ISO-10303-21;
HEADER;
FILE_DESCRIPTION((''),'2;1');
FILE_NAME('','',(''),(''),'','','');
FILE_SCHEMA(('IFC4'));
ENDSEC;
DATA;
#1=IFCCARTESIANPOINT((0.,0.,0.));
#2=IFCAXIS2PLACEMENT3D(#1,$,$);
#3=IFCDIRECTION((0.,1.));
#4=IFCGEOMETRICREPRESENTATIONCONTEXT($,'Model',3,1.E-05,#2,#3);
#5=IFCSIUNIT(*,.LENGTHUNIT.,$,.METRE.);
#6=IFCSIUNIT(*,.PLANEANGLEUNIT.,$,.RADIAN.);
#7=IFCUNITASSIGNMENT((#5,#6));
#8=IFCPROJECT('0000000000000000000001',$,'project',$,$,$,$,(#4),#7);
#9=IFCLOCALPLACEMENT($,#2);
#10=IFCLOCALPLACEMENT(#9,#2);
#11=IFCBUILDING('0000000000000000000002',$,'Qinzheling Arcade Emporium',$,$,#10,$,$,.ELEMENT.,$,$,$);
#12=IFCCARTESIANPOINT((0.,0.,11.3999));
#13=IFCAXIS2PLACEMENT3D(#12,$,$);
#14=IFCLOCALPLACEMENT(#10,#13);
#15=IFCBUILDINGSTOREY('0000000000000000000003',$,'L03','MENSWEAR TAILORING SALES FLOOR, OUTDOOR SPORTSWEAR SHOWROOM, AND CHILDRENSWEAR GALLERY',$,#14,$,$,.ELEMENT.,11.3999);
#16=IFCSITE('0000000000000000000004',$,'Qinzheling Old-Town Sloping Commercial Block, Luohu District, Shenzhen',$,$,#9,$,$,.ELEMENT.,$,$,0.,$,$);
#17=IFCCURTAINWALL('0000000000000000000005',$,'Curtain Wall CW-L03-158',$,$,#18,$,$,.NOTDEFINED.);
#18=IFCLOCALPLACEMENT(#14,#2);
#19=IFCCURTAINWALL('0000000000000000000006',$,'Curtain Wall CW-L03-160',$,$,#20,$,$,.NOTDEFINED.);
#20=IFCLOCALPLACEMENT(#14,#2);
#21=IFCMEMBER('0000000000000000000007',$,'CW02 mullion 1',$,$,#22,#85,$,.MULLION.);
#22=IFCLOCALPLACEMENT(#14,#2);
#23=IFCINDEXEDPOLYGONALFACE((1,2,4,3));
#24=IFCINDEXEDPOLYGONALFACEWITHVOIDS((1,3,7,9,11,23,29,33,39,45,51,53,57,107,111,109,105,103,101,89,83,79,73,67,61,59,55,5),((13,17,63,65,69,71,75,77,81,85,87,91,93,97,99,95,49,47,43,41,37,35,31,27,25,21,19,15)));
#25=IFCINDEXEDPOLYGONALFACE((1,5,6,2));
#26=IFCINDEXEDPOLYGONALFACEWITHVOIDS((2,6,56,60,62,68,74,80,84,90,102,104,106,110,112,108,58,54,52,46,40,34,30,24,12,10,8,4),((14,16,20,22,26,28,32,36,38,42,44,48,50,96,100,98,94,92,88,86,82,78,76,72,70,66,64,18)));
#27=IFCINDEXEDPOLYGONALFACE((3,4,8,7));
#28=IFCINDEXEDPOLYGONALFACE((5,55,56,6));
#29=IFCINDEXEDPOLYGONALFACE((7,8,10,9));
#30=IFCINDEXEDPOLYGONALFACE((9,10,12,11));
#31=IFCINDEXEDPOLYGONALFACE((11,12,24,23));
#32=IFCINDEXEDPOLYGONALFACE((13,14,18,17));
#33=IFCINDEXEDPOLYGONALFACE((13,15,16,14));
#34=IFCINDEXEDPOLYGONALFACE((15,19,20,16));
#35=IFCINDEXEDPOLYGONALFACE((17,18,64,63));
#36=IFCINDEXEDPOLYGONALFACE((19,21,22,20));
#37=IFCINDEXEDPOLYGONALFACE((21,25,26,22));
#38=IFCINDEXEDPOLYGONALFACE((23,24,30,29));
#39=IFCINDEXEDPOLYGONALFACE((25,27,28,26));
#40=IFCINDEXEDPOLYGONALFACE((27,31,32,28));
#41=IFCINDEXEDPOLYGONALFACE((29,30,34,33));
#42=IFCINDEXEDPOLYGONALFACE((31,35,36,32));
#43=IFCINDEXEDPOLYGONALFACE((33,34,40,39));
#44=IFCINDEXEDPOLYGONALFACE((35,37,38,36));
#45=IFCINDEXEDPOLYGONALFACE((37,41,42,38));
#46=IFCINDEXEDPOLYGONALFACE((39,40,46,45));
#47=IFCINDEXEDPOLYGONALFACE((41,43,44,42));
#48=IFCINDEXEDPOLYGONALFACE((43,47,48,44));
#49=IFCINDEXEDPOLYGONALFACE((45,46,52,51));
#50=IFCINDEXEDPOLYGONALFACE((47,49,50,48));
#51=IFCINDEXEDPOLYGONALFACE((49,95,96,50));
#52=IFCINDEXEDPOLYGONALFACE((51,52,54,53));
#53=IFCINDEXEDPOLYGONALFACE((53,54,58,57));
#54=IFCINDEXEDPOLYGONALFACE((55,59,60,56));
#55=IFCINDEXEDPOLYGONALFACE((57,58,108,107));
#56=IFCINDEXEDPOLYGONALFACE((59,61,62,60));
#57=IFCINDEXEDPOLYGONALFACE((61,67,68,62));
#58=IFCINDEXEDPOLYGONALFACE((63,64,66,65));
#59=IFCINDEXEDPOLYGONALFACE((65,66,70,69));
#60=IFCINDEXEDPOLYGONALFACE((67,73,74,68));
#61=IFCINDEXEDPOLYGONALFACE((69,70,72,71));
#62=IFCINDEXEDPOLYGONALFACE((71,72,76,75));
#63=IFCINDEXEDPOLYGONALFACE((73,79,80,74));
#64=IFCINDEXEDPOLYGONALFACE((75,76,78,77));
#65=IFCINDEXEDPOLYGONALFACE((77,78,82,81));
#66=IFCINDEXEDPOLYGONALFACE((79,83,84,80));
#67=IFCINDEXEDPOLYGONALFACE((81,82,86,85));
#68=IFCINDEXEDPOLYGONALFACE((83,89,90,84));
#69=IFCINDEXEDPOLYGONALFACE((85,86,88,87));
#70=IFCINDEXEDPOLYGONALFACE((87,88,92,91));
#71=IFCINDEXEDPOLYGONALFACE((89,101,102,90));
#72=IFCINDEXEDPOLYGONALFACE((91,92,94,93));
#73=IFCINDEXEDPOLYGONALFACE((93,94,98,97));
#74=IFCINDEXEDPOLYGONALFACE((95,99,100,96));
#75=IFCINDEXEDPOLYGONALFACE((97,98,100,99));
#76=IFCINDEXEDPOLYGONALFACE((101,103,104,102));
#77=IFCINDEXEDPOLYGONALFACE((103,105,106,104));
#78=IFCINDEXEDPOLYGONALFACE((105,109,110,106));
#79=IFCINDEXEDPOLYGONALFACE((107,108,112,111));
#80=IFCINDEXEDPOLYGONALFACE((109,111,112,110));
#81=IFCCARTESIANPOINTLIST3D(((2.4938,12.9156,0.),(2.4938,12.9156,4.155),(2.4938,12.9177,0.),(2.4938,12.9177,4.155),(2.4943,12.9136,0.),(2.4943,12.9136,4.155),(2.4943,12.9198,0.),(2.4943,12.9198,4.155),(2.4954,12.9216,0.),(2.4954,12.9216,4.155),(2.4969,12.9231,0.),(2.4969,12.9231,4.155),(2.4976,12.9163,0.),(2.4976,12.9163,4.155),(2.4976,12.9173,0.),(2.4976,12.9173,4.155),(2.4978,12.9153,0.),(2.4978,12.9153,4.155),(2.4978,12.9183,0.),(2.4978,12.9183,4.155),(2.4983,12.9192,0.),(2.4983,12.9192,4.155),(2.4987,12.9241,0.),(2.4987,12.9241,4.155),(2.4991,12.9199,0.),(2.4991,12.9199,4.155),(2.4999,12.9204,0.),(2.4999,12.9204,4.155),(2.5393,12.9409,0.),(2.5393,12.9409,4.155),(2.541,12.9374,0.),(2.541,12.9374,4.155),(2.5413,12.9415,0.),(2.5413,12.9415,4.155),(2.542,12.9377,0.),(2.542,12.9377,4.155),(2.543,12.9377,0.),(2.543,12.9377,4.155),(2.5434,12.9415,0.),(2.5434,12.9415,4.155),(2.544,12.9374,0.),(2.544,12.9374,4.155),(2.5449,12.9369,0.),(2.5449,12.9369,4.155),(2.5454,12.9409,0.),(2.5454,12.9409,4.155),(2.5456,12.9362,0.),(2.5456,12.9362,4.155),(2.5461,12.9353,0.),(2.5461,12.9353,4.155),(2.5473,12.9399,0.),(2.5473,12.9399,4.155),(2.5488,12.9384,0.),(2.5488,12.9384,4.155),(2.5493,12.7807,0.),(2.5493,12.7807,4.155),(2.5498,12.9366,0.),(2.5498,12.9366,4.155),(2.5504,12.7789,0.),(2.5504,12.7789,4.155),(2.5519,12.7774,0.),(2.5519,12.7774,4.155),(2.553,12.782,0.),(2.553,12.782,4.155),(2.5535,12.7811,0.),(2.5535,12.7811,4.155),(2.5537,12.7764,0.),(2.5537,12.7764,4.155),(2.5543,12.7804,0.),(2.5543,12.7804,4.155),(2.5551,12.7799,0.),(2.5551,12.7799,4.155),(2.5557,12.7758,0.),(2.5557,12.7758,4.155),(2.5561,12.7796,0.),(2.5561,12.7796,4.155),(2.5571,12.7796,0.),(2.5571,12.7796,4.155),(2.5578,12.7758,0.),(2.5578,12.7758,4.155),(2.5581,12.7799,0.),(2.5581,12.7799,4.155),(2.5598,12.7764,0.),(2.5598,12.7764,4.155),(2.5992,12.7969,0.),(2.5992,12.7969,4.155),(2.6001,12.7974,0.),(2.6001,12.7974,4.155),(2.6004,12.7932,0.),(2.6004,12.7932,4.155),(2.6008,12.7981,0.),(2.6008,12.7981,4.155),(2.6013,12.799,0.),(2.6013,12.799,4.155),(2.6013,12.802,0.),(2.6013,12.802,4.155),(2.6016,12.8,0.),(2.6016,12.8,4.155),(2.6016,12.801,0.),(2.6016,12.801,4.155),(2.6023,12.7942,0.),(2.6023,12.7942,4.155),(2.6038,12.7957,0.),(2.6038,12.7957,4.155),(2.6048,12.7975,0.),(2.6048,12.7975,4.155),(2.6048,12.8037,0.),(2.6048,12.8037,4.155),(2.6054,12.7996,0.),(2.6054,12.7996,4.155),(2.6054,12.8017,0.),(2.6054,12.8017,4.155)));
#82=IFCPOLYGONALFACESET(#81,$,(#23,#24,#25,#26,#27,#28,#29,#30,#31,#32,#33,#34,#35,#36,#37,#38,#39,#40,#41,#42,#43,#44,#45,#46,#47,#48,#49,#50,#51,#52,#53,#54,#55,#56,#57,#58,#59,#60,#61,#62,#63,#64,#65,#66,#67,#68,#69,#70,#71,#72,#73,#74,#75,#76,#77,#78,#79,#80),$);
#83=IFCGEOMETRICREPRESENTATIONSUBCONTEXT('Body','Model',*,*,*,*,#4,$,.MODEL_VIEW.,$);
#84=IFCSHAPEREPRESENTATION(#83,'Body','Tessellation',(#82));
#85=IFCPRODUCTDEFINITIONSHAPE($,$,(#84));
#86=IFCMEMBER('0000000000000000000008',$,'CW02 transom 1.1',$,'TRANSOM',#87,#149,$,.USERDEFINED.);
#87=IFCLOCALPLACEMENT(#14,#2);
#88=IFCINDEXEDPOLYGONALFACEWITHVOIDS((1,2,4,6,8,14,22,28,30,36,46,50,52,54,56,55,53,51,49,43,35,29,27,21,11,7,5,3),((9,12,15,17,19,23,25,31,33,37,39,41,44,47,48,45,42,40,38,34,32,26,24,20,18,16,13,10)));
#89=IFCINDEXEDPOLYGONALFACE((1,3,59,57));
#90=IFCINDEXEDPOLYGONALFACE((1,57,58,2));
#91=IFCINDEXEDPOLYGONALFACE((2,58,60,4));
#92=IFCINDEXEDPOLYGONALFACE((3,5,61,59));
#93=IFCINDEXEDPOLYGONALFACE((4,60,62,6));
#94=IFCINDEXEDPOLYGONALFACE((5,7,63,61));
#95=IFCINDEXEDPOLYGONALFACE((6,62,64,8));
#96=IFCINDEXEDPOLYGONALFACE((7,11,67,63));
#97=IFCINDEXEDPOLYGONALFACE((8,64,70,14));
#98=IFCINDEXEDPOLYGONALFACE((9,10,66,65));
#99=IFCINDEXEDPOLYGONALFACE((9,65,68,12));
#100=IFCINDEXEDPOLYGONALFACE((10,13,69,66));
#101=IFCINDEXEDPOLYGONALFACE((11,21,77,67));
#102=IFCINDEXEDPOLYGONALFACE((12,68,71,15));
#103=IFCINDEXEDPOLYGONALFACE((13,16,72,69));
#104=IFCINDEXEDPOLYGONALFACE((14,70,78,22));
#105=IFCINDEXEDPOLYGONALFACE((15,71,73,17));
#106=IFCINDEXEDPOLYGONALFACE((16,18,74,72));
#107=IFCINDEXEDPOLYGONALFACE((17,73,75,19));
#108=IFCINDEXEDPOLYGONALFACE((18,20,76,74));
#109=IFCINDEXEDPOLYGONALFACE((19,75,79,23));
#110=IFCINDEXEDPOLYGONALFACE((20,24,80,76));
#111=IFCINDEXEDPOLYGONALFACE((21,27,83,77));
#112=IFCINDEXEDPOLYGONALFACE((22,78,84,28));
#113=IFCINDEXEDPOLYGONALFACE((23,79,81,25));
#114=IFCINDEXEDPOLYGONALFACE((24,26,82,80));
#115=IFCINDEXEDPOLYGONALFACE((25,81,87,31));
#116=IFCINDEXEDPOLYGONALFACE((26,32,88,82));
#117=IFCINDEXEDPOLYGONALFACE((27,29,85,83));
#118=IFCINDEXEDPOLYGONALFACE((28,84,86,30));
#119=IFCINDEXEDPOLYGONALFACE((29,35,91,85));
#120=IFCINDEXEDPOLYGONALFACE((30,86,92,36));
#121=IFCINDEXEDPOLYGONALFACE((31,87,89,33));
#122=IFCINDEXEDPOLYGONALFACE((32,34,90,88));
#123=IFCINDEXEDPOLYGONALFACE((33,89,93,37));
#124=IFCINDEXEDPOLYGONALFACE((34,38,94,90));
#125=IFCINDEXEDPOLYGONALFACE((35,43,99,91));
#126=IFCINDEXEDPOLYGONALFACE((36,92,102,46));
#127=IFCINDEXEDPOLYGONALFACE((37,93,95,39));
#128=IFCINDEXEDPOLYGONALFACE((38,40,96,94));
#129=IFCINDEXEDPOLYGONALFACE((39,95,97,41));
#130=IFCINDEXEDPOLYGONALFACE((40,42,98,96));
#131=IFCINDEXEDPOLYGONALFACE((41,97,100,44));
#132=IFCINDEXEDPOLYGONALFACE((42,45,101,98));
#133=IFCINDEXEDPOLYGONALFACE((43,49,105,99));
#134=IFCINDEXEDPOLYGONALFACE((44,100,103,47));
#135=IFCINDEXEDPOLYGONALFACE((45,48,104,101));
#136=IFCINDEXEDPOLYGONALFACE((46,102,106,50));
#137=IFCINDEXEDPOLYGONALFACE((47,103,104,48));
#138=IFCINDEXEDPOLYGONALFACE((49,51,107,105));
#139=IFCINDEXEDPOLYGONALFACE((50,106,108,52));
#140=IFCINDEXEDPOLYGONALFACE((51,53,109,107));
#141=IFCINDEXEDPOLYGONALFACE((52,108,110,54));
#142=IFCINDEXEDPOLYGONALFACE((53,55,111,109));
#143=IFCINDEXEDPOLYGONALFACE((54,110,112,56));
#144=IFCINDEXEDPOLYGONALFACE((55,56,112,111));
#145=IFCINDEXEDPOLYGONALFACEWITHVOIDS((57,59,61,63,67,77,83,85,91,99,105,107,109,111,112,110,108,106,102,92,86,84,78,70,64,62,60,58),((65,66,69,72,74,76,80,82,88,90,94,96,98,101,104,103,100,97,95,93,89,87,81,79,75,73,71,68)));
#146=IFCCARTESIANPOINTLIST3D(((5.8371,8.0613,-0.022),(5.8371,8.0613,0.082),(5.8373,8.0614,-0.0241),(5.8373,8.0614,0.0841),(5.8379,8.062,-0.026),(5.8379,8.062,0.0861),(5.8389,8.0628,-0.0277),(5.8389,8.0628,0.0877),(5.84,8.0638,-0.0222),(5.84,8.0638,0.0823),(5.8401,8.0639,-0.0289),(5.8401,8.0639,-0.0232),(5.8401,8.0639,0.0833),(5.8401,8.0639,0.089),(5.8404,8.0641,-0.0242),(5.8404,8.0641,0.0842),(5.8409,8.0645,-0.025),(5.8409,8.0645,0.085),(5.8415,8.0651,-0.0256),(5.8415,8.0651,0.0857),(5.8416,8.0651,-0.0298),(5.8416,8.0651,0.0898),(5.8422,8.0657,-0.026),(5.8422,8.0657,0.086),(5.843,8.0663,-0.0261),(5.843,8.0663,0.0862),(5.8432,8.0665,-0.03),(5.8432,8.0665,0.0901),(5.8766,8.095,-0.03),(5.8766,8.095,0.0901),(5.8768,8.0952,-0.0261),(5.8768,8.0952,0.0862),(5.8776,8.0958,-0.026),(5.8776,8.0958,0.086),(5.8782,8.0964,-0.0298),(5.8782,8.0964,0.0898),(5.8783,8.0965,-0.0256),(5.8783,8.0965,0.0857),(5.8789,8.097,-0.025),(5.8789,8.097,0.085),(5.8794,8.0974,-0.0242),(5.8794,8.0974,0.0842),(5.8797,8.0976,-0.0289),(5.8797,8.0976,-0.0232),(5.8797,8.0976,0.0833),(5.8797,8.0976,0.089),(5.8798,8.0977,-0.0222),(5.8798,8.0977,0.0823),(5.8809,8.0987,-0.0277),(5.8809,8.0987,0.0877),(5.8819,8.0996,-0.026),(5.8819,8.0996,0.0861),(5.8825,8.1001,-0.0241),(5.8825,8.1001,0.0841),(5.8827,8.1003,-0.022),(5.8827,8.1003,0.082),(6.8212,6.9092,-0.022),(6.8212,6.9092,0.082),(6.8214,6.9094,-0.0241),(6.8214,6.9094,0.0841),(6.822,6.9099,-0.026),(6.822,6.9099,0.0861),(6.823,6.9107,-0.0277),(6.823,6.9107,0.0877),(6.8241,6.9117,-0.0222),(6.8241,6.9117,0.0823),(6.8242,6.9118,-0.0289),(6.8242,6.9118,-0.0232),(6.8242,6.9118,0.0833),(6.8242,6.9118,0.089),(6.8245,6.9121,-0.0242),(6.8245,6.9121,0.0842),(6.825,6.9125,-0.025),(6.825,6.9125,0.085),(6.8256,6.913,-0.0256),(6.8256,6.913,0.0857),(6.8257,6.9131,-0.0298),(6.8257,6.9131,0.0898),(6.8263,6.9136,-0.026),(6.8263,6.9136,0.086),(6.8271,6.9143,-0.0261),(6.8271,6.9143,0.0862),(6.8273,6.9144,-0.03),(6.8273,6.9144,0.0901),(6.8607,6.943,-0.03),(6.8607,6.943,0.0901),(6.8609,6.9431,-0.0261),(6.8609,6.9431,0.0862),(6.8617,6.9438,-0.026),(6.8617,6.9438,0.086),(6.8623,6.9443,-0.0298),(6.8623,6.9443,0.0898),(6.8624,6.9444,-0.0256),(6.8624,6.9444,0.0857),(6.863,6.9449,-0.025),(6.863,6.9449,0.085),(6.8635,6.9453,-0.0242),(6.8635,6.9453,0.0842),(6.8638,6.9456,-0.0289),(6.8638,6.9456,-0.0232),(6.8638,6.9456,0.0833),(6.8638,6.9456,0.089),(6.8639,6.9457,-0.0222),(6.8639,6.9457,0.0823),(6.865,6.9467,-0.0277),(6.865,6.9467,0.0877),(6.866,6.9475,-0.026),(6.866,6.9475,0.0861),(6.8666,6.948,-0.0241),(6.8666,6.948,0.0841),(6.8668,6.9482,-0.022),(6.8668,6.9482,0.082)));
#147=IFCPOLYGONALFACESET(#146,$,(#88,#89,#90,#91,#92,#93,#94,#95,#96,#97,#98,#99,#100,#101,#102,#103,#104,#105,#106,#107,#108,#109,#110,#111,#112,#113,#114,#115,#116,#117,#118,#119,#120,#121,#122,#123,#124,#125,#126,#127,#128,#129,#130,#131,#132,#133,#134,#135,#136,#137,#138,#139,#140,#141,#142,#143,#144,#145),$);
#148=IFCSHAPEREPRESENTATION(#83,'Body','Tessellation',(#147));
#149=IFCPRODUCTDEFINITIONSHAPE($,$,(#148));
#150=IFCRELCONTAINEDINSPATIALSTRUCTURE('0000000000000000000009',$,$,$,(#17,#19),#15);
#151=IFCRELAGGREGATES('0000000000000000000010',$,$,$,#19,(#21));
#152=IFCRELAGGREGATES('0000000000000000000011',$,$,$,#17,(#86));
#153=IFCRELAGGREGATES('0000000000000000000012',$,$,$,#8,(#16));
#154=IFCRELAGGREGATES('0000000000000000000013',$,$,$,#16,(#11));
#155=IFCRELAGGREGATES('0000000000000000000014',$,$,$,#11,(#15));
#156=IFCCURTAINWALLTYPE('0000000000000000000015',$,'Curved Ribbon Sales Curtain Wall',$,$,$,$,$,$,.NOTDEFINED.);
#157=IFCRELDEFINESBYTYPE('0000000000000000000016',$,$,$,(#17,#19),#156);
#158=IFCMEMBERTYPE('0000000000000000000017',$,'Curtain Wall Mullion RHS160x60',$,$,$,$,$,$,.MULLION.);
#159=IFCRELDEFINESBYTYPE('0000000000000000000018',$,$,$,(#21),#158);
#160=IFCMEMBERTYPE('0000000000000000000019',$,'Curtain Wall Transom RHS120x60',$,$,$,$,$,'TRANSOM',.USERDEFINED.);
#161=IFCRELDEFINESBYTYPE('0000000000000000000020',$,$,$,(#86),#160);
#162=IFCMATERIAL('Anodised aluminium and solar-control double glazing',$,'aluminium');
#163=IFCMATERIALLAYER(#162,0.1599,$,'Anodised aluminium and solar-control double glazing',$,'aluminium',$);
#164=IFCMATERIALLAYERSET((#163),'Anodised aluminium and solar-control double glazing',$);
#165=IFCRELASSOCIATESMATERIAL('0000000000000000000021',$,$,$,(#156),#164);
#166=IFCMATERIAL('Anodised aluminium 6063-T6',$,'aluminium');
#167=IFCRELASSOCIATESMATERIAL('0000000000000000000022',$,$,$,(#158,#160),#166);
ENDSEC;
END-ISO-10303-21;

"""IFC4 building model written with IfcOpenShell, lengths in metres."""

from ifc_helpers import new_model, si_unit, direction, frame, origin, origin_2d, place, context, subcontext, project, spatial, hollow_rectangle, extrude, material, layer, layer_set, material_profile, profile_set, type_object, element, aggregate, save


model = new_model("IFC4")

# Units and contexts
model_context = context("Model", 3, precision=1e-05, world=origin(), true_north=direction((0.0, 1.0)))
body_context = subcontext(model_context, "Body", "Model", "MODEL_VIEW")
ifc_project = project(units=[si_unit("LENGTHUNIT", "METRE"), si_unit("PLANEANGLEUNIT", "RADIAN")], contexts=[model_context])

# Site, building, storey
site_placement = place(None, origin())
site = spatial("IfcSite", under=ifc_project, at=site_placement, Name="Qinzheling Old-Town Sloping Commercial Block, Luohu District, Shenzhen", CompositionType="ELEMENT", RefElevation=0.0)
building_placement = place(site_placement, origin())
building = spatial("IfcBuilding", under=site, at=building_placement, Name="Qinzheling Arcade Emporium", CompositionType="ELEMENT")
storey_placement = place(building_placement, frame((0.0, 0.0, 11.3999)))
storey = spatial("IfcBuildingStorey", under=building, at=storey_placement, Name="L03", Description="MENSWEAR TAILORING SALES FLOOR, OUTDOOR SPORTSWEAR SHOWROOM, AND CHILDRENSWEAR GALLERY", CompositionType="ELEMENT", Elevation=11.3999)

# Curtain wall
ifc_material_1 = material(Name="Anodised aluminium and solar-control double glazing", Category="aluminium")
ifc_layer_1 = layer(ifc_material_1, 0.1599, Name="Anodised aluminium and solar-control double glazing", Category="aluminium")
ifc_layer_set_1 = layer_set([ifc_layer_1], Name="Anodised aluminium and solar-control double glazing")
curtain_wall_type = type_object("IfcCurtainWallType", Name="Curved Ribbon Sales Curtain Wall", PredefinedType="NOTDEFINED", material=ifc_layer_set_1)
curtain_wall_1_placement = place(storey_placement, origin())
curtain_wall_1 = element("IfcCurtainWall", 1, at=curtain_wall_1_placement, inside=storey, type_object=curtain_wall_type, Name="Curtain Wall CW-L03-158", PredefinedType="NOTDEFINED")
ifc_material_2 = material(Name="Anodised aluminium 6063-T6", Category="aluminium")
ifc_material_profile_1 = material_profile(ifc_material_2, hollow_rectangle(XDim=0.0601, YDim=0.1599, WallThickness=0.0039, InnerFilletRadius=0.0039, OuterFilletRadius=0.0081, at=origin_2d()), Name="RHS 160x60x4", Category="aluminium")
ifc_profile_set_1 = profile_set([ifc_material_profile_1], Name="Anodised aluminium 6063-T6")
member_type_1 = type_object("IfcMemberType", Name="Curtain Wall Mullion RHS160x60", PredefinedType="MULLION", material=ifc_profile_set_1)

# Curtain wall, member
curtain_wall_2_placement = place(storey_placement, origin())
curtain_wall_2 = element("IfcCurtainWall", 2, at=curtain_wall_2_placement, inside=storey, type_object=curtain_wall_type, Name="Curtain Wall CW-L03-160", PredefinedType="NOTDEFINED")
member_1_placement = place(storey_placement, frame((2.5496, 12.8586, 0.0), z_axis=(0.0, 0.0, 1.0), x_axis=(-0.923941, -0.382535, 0.0)))
member_1 = element("IfcMember", 3, at=member_1_placement, type_object=member_type_1, Name="CW02 mullion 1", PredefinedType="MULLION", context=body_context, shape_type="SweptSolid", body=[
    extrude(hollow_rectangle(XDim=0.0601, YDim=0.1599, WallThickness=0.0039, InnerFilletRadius=0.0039, OuterFilletRadius=0.0081, at=origin_2d()), origin(), (0.0, 0.0, 1.0), 4.155),
])

# Member
ifc_material_profile_2 = material_profile(ifc_material_2, hollow_rectangle(XDim=0.0601, YDim=0.1201, WallThickness=0.0039, InnerFilletRadius=0.0039, OuterFilletRadius=0.0081, at=origin_2d()), Name="RHS 120x60x4", Category="aluminium")
ifc_profile_set_2 = profile_set([ifc_material_profile_2], Name="Anodised aluminium 6063-T6")
member_type_2 = type_object("IfcMemberType", Name="Curtain Wall Transom RHS120x60", ElementType="TRANSOM", PredefinedType="USERDEFINED", material=ifc_profile_set_2)
member_2_placement = place(storey_placement, frame((6.844, 6.9287, 0.03), z_axis=(-0.649503, 0.760359, 0.0), x_axis=(-0.760359, -0.649503, 0.0)))
member_2 = element("IfcMember", 4, at=member_2_placement, type_object=member_type_2, Name="CW02 transom 1.1", ObjectType="TRANSOM", PredefinedType="USERDEFINED", context=body_context, shape_type="SweptSolid", body=[
    extrude(hollow_rectangle(XDim=0.0601, YDim=0.1201, WallThickness=0.0039, InnerFilletRadius=0.0039, OuterFilletRadius=0.0081, at=origin_2d()), origin(), (0.0, 0.0, 1.0), 1.5151),
])
aggregate(curtain_wall_2, [member_1])

aggregate(curtain_wall_1, [member_2])

save(model, "model.ifc")
